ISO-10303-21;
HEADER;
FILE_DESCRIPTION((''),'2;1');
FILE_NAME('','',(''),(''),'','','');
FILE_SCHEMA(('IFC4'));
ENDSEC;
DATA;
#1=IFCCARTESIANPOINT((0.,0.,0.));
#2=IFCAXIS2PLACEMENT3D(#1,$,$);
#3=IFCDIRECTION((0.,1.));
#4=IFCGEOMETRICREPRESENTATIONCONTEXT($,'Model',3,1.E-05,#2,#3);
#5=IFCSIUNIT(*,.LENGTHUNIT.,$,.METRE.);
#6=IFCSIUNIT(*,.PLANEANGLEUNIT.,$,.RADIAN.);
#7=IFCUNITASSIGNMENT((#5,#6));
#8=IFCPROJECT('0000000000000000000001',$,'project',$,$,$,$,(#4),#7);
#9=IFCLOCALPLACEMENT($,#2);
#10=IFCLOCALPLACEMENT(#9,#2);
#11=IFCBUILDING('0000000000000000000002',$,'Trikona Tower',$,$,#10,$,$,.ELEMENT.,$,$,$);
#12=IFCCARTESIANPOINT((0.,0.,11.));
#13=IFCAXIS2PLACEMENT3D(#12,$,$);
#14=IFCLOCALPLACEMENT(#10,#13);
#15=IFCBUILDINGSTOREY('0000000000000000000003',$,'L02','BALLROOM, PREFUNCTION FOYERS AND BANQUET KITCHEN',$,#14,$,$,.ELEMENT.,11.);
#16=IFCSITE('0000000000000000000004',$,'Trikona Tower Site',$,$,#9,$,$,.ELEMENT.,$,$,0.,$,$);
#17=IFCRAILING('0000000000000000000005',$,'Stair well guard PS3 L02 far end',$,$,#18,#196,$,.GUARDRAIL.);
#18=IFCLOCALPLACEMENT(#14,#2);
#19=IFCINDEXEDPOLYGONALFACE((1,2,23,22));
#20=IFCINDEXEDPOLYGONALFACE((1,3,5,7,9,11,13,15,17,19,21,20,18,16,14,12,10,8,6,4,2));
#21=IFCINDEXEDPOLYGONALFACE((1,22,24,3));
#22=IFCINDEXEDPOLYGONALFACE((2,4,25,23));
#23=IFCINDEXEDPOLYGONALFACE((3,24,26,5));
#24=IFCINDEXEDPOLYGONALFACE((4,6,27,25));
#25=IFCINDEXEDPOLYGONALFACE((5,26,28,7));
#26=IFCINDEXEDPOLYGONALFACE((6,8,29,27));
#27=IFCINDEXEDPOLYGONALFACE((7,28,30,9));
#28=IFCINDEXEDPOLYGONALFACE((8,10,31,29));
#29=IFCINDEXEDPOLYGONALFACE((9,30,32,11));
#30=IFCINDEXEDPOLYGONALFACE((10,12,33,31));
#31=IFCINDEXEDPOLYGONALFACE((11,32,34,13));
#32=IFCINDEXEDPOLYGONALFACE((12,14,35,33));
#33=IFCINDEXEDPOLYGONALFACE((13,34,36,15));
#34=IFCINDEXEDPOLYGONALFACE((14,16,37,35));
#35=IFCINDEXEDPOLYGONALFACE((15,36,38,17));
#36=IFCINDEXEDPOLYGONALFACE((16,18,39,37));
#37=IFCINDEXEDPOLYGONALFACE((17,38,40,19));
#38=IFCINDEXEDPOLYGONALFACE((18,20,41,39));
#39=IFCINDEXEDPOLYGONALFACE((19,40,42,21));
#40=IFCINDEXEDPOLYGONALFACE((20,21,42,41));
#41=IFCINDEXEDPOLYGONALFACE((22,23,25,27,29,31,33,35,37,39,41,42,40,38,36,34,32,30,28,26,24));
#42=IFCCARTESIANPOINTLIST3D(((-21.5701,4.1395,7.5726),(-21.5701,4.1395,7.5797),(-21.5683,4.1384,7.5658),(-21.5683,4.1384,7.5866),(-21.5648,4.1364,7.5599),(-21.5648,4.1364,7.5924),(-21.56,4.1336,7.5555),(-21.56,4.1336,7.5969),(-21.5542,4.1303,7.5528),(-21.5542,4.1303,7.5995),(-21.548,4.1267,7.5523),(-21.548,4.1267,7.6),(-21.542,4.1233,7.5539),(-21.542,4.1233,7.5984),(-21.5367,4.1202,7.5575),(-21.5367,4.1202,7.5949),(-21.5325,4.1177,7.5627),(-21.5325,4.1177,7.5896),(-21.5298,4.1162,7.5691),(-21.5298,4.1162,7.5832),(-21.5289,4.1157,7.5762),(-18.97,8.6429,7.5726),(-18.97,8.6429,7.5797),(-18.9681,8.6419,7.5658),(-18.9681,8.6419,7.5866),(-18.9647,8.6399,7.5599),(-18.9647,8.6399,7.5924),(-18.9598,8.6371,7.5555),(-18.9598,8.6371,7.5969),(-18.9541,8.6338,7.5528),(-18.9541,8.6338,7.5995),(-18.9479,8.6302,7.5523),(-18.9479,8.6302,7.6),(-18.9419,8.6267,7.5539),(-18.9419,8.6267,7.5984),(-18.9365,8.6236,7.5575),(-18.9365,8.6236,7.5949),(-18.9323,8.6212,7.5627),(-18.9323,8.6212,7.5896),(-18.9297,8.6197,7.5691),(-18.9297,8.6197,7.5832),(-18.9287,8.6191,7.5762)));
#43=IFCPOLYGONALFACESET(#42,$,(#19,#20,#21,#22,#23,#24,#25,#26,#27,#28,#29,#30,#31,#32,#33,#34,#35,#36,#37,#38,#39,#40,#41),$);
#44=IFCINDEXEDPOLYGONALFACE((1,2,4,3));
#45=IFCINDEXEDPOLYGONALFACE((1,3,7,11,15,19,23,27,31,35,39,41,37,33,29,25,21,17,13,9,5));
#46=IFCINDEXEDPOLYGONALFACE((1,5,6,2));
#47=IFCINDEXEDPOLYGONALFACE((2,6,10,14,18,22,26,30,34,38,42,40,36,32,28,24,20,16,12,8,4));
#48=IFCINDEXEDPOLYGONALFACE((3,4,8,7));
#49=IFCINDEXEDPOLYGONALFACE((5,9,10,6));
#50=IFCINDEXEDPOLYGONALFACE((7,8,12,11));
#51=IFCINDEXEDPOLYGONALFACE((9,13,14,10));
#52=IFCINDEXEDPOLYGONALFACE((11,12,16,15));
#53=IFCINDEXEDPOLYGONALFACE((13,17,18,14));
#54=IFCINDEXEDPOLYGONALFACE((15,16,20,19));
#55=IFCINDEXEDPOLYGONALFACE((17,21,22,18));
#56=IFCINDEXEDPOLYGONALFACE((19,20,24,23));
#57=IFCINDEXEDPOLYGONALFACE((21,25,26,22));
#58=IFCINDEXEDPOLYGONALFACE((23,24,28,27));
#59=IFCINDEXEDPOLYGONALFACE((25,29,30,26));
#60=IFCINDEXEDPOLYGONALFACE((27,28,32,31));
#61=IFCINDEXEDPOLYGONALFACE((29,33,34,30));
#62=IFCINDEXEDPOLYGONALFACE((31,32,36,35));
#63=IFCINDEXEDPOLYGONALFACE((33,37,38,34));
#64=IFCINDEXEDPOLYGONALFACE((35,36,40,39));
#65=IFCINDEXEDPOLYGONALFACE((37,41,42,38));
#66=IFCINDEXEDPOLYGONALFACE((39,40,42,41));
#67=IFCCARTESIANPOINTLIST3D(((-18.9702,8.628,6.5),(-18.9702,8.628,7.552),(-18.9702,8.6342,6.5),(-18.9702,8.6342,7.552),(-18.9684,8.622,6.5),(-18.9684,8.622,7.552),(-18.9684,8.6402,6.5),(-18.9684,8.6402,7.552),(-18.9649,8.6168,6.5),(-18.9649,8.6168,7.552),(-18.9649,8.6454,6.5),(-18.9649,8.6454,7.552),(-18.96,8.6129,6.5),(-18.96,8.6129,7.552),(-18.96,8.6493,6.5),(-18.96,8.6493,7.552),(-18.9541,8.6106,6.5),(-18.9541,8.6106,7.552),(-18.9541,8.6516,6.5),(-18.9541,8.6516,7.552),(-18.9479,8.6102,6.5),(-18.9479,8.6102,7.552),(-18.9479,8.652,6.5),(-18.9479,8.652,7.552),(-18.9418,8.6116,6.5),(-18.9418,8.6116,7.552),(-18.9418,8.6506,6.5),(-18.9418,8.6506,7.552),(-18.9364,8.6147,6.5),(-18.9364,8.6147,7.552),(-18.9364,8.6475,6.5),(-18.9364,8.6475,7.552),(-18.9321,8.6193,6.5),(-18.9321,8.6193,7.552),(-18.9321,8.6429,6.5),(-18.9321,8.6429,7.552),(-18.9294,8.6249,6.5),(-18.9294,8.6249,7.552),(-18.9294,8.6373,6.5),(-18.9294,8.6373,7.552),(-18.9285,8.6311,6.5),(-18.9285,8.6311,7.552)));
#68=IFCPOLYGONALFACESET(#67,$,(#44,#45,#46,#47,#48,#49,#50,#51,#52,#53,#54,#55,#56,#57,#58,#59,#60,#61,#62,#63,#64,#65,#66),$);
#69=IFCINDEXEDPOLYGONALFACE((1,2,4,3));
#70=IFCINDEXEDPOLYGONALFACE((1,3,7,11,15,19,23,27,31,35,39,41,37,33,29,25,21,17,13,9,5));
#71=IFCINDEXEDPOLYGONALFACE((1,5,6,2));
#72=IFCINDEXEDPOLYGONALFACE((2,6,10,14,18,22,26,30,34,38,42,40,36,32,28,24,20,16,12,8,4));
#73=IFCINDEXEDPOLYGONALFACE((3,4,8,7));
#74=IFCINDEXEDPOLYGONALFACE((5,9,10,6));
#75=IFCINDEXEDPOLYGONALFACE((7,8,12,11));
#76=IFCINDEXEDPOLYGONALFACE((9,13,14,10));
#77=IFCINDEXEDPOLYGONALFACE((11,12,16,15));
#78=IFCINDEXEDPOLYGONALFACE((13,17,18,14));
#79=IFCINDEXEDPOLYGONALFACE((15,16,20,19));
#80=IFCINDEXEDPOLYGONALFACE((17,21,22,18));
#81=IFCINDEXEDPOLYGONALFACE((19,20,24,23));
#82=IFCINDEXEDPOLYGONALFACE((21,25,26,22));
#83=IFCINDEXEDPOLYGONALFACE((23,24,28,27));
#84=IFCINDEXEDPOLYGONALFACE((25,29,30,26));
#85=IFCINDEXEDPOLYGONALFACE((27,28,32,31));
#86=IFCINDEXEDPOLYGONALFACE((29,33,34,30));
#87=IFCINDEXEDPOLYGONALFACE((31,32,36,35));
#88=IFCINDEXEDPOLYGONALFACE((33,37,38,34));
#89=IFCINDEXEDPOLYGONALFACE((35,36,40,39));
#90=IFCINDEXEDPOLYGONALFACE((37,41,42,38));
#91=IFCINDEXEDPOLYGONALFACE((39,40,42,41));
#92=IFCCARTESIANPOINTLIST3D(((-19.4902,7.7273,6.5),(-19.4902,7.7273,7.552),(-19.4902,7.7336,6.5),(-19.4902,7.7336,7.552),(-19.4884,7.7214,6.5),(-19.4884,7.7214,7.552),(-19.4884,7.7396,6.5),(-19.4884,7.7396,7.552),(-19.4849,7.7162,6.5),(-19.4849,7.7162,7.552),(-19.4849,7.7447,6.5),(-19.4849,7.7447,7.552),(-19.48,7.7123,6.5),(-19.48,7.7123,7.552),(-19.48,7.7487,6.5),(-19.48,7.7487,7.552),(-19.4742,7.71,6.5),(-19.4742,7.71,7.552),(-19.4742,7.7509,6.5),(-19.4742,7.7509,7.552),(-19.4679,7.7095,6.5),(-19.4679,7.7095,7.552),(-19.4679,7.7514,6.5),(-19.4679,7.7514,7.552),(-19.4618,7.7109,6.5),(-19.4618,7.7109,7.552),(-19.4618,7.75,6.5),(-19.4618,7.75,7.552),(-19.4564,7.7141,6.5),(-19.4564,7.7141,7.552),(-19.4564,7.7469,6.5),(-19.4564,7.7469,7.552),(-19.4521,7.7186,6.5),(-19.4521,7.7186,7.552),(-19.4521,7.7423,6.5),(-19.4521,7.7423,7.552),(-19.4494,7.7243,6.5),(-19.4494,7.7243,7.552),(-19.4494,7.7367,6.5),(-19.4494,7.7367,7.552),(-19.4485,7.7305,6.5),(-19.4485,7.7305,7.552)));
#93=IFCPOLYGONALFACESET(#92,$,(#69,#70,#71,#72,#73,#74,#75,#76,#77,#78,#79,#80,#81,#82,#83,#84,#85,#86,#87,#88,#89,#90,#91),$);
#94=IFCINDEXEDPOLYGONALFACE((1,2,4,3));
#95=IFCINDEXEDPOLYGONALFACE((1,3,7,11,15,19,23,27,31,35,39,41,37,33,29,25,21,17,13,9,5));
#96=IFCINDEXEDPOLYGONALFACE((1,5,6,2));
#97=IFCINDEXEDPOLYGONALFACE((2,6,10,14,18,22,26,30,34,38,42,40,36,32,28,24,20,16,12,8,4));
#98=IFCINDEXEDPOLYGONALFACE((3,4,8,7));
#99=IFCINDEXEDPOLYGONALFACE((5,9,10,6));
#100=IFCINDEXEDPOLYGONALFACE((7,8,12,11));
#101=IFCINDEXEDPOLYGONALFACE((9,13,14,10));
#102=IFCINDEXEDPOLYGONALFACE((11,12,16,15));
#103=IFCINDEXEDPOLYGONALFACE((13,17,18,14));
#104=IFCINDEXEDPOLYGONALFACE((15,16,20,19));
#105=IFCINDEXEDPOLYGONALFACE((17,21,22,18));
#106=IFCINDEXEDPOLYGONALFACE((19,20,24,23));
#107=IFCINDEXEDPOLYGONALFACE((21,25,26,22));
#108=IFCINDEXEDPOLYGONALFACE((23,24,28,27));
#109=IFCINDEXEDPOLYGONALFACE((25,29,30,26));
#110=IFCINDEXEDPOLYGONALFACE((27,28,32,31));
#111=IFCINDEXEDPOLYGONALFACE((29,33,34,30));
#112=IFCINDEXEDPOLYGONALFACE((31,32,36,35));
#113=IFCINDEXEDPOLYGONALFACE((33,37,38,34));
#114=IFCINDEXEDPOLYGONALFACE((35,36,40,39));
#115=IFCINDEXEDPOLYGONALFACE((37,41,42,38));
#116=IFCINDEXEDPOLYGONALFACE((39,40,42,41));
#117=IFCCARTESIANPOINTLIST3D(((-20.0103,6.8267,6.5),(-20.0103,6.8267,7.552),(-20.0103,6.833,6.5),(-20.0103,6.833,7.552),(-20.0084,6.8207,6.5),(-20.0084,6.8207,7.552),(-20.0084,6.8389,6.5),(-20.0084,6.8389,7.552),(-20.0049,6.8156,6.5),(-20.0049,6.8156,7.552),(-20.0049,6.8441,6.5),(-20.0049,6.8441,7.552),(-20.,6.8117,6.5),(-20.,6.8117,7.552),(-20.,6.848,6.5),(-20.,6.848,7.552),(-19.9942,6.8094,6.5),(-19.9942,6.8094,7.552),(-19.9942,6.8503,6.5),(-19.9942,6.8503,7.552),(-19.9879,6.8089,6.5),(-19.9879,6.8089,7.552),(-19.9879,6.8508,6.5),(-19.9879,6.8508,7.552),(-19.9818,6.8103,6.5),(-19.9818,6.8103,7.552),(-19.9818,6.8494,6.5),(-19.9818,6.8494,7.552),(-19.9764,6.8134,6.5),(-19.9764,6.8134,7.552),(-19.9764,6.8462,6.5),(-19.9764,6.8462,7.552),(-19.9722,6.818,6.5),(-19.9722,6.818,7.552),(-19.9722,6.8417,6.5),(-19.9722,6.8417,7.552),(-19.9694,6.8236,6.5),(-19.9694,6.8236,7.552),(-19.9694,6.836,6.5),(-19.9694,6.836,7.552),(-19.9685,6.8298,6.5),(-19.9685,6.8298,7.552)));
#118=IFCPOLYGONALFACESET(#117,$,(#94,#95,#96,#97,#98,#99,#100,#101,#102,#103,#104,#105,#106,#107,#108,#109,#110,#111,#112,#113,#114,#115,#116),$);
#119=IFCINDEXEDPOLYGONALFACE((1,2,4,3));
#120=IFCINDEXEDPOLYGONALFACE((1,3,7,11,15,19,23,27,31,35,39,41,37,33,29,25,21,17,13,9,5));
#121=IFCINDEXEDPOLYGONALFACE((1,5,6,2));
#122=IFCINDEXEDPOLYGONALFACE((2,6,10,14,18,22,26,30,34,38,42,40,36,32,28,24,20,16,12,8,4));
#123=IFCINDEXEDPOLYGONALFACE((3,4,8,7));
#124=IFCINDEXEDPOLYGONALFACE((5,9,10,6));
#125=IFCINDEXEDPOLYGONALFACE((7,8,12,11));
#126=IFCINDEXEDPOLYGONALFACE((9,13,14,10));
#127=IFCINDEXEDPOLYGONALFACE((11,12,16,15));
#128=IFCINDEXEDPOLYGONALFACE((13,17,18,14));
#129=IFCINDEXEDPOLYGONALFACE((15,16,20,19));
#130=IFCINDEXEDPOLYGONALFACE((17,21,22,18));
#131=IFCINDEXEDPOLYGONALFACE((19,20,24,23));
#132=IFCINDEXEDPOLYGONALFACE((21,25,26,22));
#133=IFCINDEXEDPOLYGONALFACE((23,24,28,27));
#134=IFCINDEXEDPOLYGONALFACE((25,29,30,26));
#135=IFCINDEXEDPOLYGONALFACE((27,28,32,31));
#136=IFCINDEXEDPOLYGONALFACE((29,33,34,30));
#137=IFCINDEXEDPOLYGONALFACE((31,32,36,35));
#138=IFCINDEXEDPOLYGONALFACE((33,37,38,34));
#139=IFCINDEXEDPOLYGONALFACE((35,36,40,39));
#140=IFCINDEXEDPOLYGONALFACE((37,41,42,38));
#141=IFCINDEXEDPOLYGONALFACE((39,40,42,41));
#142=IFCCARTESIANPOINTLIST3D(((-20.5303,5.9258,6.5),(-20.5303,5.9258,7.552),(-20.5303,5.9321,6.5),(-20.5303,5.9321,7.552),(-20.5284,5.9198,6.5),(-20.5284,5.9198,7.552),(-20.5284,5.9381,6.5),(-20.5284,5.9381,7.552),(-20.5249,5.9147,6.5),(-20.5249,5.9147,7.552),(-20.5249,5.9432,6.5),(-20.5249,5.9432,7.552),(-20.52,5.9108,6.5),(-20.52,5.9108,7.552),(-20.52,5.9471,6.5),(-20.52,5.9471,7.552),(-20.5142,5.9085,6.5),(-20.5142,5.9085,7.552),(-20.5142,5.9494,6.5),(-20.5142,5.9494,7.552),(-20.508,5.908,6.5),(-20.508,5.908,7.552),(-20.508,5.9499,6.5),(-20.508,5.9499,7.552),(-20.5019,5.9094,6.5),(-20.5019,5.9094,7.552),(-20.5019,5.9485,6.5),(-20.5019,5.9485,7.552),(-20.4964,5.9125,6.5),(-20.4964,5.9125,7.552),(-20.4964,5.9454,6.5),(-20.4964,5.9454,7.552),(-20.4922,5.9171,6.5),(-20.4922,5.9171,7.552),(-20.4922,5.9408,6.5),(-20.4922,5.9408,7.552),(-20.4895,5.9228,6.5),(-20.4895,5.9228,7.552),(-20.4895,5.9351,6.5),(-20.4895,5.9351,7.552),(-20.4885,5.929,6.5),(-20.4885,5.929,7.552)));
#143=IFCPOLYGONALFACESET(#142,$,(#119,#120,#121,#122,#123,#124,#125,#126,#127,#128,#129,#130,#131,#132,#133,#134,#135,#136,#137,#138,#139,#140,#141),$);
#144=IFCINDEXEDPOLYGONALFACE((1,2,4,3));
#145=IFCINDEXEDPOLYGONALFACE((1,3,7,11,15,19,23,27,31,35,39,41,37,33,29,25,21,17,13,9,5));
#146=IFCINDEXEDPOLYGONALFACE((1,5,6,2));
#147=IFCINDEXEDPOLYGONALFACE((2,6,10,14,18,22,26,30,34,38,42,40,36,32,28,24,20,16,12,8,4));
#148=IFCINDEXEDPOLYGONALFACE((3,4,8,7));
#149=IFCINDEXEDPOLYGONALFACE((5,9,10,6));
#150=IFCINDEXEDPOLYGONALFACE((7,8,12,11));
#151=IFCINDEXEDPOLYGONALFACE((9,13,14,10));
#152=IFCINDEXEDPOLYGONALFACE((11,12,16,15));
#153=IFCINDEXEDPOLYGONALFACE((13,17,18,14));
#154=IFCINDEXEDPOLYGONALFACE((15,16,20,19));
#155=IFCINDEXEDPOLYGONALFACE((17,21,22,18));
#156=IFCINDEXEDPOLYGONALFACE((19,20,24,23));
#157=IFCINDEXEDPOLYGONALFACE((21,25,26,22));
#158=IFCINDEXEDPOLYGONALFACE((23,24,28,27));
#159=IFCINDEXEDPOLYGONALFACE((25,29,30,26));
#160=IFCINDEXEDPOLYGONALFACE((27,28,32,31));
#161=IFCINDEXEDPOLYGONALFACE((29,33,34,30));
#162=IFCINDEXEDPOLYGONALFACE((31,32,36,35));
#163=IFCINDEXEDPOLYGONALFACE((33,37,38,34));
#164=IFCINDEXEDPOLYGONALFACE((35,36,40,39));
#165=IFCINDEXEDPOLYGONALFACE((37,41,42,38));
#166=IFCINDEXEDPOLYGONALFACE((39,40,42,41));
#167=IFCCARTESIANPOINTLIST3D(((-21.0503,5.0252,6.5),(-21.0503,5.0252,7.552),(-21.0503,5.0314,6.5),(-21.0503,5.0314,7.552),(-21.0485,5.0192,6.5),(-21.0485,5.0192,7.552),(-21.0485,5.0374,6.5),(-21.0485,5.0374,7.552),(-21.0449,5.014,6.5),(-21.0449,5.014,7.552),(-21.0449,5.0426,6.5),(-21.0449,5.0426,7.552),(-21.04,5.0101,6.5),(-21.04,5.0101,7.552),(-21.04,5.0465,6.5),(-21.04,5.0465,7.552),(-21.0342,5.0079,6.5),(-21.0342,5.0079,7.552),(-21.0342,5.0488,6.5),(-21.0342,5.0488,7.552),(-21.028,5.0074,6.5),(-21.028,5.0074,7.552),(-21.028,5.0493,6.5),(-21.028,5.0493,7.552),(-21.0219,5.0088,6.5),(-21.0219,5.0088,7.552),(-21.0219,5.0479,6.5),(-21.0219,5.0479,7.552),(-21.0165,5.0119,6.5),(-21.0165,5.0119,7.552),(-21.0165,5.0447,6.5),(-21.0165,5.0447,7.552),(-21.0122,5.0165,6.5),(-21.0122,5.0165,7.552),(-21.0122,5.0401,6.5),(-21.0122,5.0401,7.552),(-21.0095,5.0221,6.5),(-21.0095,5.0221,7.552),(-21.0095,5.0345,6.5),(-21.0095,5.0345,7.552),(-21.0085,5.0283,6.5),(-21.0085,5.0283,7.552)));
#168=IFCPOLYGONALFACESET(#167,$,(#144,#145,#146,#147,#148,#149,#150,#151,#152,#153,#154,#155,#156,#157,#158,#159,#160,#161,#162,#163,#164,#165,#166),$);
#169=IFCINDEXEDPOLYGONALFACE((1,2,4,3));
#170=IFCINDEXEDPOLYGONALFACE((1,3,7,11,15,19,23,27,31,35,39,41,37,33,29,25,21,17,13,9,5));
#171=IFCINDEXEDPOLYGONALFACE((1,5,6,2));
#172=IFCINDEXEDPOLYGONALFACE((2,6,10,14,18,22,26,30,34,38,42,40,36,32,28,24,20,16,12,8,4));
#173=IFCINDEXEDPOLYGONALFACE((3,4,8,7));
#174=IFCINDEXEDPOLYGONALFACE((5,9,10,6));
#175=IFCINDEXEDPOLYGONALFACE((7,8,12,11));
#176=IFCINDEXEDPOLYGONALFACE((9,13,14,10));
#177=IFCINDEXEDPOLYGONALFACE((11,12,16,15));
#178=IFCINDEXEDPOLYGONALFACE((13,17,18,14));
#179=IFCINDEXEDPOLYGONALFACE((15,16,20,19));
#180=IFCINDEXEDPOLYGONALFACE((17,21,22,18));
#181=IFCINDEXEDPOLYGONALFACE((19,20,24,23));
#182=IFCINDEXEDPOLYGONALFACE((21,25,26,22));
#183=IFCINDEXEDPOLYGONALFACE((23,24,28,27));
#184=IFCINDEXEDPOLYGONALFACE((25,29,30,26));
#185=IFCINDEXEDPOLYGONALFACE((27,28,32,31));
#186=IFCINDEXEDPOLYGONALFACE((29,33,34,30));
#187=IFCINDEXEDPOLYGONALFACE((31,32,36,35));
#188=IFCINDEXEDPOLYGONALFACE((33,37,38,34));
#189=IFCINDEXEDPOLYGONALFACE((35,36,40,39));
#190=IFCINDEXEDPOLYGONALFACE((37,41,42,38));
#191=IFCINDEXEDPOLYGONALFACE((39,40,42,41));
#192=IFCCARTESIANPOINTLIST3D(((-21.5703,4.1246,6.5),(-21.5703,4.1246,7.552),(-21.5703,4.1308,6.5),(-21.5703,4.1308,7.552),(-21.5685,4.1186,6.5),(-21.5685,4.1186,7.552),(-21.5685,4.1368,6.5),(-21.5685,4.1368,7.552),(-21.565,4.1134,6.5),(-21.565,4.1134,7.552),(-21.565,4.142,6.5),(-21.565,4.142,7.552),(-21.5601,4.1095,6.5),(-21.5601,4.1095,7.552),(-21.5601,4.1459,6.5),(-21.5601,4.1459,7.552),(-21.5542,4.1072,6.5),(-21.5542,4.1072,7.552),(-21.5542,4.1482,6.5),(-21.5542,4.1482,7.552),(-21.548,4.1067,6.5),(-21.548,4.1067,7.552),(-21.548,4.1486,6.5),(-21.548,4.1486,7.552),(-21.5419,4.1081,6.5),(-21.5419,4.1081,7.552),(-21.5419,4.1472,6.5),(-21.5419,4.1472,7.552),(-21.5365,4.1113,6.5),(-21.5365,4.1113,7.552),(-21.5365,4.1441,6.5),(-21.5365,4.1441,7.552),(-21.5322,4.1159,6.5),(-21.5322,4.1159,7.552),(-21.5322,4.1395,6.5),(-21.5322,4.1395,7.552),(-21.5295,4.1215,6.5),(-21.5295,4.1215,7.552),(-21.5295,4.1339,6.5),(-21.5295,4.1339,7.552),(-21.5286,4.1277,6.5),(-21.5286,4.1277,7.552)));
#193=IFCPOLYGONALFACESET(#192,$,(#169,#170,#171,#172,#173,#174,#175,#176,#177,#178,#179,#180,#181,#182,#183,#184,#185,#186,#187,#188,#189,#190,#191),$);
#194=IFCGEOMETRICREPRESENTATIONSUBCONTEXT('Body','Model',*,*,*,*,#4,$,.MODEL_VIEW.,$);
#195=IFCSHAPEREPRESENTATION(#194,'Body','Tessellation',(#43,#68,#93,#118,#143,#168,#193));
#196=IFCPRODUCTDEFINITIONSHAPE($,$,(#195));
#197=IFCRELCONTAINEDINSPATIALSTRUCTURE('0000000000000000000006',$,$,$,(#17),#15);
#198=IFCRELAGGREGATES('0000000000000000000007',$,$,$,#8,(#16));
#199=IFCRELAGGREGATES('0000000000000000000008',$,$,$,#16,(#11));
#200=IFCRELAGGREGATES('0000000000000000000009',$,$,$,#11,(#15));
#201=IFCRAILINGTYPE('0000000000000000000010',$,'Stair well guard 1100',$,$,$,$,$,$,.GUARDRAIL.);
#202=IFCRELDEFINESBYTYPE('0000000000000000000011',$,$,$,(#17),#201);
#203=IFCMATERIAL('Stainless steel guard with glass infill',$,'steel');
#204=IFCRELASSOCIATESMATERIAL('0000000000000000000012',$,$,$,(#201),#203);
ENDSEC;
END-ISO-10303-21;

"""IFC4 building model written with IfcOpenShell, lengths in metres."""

from ifc_helpers import new_model, si_unit, direction, frame, origin, origin_2d, place, context, subcontext, project, spatial, circle, extrude, material, type_object, element, save


model = new_model("IFC4")

# Units and contexts
model_context = context("Model", 3, precision=1e-05, world=origin(), true_north=direction((0.0, 1.0)))
body_context = subcontext(model_context, "Body", "Model", "MODEL_VIEW")
ifc_project = project(units=[si_unit("LENGTHUNIT", "METRE"), si_unit("PLANEANGLEUNIT", "RADIAN")], contexts=[model_context])

# Site, building, storey
site_placement = place(None, origin())
site = spatial("IfcSite", under=ifc_project, at=site_placement, Name="Trikona Tower Site", CompositionType="ELEMENT", RefElevation=0.0)
building_placement = place(site_placement, origin())
building = spatial("IfcBuilding", under=site, at=building_placement, Name="Trikona Tower", CompositionType="ELEMENT")
storey_placement = place(building_placement, frame((0.0, 0.0, 11.0)))
storey = spatial("IfcBuildingStorey", under=building, at=storey_placement, Name="L02", Description="BALLROOM, PREFUNCTION FOYERS AND BANQUET KITCHEN", CompositionType="ELEMENT", Elevation=11.0)

# Railing
ifc_material_1 = material(Name="Stainless steel guard with glass infill", Category="steel")
railing_type_1 = type_object("IfcRailingType", Name="Stair well guard 1100", PredefinedType="GUARDRAIL", material=ifc_material_1)
railing_1_placement = place(storey_placement, frame((-18.9495, 8.6311, 6.5)))
element("IfcRailing", 1, at=railing_1_placement, inside=storey, type_object=railing_type_1, Name="Stair well guard PS3 L02 far end", PredefinedType="GUARDRAIL", context=body_context, shape_type="SweptSolid", body=[
    extrude(circle(Radius=0.0239, at=origin_2d()), frame((0.0, 0.0, 1.0762), z_axis=(-0.500007, -0.866021, 0.0), x_axis=(0.866021, -0.500007, 0.0)), (0.0, 0.0, 1.0), 5.2002),
    extrude(circle(Radius=0.021, at=origin_2d()), origin(), (0.0, 0.0, 1.0), 1.052),
    extrude(circle(Radius=0.021, at=origin_2d()), frame((-0.52, -0.9006, 0.0)), (0.0, 0.0, 1.0), 1.052),
    extrude(circle(Radius=0.021, at=origin_2d()), frame((-1.04, -1.8013, 0.0)), (0.0, 0.0, 1.0), 1.052),
    extrude(circle(Radius=0.021, at=origin_2d()), frame((-1.5601, -2.7021, 0.0)), (0.0, 0.0, 1.0), 1.052),
    extrude(circle(Radius=0.021, at=origin_2d()), frame((-2.0801, -3.6028, 0.0)), (0.0, 0.0, 1.0), 1.052),
    extrude(circle(Radius=0.021, at=origin_2d()), frame((-2.6001, -4.5034, 0.0)), (0.0, 0.0, 1.0), 1.052),
])

save(model, "model.ifc")
